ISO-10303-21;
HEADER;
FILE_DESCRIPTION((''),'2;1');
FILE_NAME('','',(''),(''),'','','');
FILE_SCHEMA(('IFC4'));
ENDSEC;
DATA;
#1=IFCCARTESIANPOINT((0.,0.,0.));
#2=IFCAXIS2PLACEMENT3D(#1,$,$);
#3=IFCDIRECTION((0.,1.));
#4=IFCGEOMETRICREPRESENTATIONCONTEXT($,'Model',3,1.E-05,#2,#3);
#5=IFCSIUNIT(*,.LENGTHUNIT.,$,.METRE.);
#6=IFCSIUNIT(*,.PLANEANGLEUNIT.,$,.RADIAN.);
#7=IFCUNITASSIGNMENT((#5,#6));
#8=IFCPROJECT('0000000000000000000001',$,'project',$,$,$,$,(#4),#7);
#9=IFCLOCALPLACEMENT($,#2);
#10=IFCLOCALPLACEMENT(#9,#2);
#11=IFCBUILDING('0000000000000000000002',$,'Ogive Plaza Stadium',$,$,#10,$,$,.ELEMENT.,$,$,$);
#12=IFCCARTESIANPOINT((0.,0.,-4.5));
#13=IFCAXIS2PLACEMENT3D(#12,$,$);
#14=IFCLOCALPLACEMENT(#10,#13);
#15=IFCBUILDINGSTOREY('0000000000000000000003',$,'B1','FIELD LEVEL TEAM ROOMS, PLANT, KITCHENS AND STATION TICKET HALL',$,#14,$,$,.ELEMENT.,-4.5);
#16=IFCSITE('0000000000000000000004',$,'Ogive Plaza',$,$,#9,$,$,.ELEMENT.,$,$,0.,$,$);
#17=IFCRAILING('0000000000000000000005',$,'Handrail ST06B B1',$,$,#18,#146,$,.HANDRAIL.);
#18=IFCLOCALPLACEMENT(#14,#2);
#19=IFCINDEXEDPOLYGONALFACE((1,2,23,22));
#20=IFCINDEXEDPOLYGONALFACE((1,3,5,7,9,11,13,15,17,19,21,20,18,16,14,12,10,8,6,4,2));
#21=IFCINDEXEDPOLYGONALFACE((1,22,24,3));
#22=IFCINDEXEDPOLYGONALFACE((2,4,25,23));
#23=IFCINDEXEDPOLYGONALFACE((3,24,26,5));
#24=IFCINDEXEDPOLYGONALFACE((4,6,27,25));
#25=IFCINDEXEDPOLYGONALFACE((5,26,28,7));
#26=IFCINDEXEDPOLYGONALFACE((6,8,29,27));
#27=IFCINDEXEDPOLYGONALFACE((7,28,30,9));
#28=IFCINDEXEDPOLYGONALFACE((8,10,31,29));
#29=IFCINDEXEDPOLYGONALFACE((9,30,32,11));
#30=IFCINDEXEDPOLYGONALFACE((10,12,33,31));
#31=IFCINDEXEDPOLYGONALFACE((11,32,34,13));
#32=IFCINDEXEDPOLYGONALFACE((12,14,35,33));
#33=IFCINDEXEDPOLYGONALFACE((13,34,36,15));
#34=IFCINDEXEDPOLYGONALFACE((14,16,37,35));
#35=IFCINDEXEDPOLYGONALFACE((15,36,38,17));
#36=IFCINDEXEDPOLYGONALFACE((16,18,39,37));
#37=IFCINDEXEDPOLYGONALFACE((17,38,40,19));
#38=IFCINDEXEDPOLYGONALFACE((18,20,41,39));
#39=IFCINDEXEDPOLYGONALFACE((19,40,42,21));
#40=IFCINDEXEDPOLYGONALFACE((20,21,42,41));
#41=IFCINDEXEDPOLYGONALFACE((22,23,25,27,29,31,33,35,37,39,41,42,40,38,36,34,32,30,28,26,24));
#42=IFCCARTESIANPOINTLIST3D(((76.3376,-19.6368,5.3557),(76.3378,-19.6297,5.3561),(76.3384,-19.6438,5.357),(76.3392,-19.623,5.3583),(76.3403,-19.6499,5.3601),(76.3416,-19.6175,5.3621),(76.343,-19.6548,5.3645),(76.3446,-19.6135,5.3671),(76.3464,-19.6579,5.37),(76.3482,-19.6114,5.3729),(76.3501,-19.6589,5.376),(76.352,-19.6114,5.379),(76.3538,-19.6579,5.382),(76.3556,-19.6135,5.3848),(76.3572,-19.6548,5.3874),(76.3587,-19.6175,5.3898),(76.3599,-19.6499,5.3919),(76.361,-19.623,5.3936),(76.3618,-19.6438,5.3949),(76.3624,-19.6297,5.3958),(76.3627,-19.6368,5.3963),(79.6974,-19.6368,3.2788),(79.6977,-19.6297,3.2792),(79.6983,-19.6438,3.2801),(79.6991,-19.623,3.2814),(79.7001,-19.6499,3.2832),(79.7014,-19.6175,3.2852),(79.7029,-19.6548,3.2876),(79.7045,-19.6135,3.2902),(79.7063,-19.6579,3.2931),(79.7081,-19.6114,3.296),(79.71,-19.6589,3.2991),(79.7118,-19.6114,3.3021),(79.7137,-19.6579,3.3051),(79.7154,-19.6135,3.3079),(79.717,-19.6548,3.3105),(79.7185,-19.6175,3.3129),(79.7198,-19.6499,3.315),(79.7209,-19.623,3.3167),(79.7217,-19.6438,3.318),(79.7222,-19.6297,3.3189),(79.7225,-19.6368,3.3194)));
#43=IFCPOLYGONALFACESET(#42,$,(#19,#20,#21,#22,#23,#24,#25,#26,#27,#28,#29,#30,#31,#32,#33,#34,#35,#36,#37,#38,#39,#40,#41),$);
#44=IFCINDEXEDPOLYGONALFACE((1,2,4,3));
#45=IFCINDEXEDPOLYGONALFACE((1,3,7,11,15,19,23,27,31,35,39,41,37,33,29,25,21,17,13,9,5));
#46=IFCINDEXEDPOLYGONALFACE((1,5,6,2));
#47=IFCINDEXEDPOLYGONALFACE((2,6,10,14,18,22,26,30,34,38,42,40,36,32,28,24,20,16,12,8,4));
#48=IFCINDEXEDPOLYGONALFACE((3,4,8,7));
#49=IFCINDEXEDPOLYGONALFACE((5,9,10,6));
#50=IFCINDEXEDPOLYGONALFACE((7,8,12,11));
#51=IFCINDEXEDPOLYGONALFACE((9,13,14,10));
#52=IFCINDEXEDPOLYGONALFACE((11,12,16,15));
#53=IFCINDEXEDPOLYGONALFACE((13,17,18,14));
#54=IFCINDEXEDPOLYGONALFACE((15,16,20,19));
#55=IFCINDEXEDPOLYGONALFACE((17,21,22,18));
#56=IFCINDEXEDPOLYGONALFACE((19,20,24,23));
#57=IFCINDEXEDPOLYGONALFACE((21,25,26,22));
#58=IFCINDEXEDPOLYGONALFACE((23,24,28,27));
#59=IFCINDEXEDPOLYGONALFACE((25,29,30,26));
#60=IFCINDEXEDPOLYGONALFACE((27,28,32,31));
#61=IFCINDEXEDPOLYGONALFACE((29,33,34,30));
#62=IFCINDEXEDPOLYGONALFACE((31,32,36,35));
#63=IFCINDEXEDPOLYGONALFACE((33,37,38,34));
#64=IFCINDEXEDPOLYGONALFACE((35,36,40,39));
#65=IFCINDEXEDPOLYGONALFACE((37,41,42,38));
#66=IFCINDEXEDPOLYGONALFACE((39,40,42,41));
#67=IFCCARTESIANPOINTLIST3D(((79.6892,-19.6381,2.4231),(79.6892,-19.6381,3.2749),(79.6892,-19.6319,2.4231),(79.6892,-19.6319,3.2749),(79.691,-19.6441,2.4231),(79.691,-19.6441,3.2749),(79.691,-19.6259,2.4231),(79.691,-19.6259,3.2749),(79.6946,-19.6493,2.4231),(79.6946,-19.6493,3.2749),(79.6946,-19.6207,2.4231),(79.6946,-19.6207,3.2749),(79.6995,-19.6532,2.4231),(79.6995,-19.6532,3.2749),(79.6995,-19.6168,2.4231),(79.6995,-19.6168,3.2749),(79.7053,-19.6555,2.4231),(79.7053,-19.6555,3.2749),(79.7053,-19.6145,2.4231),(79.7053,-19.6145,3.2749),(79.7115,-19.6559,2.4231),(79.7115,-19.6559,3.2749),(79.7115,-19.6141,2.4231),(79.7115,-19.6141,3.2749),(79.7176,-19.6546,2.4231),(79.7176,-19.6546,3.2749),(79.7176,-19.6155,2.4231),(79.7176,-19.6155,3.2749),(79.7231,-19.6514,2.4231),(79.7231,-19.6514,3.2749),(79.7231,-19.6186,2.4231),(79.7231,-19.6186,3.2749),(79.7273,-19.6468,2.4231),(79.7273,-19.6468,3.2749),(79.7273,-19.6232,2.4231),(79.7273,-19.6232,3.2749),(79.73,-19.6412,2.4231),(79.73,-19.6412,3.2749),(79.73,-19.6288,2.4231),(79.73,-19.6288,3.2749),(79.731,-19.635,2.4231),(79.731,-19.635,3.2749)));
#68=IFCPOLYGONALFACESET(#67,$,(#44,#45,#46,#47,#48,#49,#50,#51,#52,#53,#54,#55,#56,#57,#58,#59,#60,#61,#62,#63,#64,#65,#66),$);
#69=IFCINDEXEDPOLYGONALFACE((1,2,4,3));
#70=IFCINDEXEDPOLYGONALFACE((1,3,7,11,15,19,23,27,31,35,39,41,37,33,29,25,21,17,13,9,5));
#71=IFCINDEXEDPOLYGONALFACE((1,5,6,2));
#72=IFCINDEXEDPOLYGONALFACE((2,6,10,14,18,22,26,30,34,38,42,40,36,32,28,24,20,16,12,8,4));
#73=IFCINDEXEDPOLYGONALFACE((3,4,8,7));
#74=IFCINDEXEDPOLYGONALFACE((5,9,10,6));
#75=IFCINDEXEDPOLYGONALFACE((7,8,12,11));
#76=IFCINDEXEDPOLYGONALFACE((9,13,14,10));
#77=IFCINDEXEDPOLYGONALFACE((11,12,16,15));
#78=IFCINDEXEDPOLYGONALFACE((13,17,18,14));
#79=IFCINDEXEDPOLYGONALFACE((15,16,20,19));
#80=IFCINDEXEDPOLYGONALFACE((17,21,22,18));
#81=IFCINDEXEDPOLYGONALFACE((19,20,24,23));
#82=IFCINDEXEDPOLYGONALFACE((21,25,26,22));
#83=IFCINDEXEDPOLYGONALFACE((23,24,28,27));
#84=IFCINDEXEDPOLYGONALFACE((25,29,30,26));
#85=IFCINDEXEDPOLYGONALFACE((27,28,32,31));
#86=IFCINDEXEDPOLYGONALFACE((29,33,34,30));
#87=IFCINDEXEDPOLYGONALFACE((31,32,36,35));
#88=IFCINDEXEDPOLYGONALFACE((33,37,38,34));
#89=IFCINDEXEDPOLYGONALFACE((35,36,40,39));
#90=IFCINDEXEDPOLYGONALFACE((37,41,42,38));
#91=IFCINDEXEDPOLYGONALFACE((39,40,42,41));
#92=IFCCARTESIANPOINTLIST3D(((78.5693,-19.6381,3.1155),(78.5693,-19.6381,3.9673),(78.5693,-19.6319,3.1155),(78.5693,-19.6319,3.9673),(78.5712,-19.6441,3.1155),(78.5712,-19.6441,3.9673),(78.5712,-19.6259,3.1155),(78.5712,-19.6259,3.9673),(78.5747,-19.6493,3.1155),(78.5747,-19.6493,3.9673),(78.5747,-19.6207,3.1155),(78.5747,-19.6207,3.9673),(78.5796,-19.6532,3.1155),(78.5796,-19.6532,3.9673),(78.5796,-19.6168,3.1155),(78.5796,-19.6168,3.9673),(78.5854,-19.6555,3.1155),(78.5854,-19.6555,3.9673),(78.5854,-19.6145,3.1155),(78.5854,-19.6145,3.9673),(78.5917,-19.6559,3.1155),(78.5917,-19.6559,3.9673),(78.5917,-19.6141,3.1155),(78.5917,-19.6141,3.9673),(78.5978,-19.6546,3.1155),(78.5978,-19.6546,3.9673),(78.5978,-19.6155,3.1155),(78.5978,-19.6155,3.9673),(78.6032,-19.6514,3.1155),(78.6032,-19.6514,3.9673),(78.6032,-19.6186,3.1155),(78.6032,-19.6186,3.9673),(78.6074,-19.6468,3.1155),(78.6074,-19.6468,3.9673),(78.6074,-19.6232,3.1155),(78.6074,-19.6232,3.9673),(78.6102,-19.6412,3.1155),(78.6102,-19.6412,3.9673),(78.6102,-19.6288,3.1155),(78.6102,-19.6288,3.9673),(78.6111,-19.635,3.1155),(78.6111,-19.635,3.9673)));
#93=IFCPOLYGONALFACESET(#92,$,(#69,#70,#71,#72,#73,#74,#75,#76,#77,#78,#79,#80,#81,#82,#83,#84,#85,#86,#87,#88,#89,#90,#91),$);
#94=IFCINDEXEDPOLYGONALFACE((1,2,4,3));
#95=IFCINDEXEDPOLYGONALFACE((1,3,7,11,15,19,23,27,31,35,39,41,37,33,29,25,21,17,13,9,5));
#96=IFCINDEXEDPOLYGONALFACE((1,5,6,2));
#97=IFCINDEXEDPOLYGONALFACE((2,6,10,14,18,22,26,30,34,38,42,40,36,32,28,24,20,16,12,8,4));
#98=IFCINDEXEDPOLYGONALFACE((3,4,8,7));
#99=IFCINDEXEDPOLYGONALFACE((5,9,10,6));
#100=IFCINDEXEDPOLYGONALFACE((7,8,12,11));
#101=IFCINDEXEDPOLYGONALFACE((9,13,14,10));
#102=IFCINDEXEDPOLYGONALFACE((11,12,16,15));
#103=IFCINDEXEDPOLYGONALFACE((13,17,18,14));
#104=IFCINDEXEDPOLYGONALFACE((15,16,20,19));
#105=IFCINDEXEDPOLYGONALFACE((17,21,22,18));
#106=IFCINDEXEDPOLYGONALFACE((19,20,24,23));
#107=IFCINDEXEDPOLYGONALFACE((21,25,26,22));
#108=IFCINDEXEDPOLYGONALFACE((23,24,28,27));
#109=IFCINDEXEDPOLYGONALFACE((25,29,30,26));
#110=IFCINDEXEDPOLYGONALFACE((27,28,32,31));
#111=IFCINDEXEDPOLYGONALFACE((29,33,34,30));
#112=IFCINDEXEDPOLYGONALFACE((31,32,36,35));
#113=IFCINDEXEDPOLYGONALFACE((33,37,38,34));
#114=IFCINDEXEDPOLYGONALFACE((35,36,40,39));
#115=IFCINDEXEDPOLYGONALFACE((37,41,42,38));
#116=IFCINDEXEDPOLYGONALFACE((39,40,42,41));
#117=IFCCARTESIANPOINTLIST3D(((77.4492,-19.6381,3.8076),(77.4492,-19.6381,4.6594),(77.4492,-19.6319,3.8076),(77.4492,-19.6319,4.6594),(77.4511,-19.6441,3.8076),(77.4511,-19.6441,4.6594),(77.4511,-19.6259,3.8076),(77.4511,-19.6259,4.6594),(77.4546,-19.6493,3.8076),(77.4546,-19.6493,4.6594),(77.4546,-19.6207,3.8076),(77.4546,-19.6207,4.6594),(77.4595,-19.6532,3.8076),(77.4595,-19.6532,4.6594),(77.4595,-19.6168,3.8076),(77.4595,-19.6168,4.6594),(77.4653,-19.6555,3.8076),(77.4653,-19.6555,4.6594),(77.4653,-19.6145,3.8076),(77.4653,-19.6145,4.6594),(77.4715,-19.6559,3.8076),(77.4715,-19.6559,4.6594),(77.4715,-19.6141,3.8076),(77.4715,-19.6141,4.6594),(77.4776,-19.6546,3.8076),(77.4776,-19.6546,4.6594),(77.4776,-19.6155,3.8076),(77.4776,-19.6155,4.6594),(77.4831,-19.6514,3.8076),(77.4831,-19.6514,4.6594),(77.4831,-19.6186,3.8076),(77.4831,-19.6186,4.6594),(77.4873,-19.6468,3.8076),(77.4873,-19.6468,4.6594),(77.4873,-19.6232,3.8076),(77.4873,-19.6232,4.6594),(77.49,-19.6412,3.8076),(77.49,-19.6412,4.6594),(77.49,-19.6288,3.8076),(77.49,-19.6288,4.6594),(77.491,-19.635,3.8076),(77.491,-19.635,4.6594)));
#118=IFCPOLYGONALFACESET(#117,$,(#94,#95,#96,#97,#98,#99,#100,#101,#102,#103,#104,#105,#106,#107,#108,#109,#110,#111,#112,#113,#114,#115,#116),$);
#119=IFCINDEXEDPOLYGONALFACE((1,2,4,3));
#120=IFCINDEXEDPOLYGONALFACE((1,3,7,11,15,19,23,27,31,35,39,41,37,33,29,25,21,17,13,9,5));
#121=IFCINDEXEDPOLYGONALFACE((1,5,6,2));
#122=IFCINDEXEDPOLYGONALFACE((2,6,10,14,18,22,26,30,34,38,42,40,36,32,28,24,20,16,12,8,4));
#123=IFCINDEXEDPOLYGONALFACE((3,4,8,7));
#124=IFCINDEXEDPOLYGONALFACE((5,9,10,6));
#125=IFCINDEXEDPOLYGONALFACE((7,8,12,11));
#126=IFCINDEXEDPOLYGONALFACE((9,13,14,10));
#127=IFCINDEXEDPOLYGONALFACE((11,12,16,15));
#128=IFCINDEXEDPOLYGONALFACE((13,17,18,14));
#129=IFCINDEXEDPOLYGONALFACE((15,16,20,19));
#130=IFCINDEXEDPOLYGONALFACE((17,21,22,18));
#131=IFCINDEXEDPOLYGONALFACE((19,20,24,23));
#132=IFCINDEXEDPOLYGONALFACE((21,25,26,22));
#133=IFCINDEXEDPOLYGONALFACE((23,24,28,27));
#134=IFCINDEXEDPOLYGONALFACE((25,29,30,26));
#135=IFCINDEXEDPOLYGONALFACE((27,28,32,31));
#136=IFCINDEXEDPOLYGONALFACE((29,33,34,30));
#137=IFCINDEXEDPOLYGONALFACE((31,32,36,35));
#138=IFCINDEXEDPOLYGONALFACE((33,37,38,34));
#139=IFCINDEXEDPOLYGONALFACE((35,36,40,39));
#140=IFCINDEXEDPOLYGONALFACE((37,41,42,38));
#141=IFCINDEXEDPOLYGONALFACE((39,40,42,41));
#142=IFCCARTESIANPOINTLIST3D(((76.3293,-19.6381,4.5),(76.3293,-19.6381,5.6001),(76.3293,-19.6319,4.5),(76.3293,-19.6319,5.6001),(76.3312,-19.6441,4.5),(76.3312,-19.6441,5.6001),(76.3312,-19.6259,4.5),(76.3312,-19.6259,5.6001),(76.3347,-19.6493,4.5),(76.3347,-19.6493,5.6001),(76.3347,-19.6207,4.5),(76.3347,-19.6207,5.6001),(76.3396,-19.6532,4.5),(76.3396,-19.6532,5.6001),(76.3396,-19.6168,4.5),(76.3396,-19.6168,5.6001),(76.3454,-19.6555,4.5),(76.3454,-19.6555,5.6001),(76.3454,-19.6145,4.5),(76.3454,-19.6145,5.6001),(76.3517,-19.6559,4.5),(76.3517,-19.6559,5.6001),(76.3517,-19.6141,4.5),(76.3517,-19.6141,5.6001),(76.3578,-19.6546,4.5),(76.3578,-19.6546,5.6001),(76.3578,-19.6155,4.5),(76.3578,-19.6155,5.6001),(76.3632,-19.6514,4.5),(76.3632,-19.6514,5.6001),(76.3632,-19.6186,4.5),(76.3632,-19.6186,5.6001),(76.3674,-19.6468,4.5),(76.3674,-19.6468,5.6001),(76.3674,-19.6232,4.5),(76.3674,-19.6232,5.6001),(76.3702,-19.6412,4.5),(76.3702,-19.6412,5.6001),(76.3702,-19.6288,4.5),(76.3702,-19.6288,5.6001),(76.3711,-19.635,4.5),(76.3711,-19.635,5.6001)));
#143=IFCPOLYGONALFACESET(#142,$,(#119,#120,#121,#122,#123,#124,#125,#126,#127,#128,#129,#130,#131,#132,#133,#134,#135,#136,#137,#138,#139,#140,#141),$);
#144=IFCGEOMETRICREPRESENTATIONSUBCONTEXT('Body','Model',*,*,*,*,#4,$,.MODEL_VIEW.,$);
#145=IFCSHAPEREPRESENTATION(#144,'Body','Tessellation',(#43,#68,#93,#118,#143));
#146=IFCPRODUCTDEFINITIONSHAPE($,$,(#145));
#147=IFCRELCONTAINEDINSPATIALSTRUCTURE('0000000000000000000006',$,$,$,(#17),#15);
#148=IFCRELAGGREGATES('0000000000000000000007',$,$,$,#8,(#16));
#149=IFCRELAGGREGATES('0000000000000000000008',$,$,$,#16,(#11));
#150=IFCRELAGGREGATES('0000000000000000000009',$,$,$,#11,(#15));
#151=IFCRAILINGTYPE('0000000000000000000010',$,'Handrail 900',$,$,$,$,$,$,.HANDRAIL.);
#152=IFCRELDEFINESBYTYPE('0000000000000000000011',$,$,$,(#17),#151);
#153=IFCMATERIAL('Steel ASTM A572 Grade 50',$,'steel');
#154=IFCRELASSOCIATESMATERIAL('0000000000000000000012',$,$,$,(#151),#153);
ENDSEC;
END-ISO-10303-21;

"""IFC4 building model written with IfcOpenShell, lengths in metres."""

from ifc_helpers import new_model, si_unit, direction, frame, origin, origin_2d, place, context, subcontext, project, spatial, circle, extrude, material, type_object, element, save


model = new_model("IFC4")

# Units and contexts
model_context = context("Model", 3, precision=1e-05, world=origin(), true_north=direction((0.0, 1.0)))
body_context = subcontext(model_context, "Body", "Model", "MODEL_VIEW")
ifc_project = project(units=[si_unit("LENGTHUNIT", "METRE"), si_unit("PLANEANGLEUNIT", "RADIAN")], contexts=[model_context])

# Site, building, storey
site_placement = place(None, origin())
site = spatial("IfcSite", under=ifc_project, at=site_placement, Name="Ogive Plaza", CompositionType="ELEMENT", RefElevation=0.0)
building_placement = place(site_placement, origin())
building = spatial("IfcBuilding", under=site, at=building_placement, Name="Ogive Plaza Stadium", CompositionType="ELEMENT")
storey_placement = place(building_placement, frame((0.0, 0.0, -4.5)))
storey = spatial("IfcBuildingStorey", under=building, at=storey_placement, Name="B1", Description="FIELD LEVEL TEAM ROOMS, PLANT, KITCHENS AND STATION TICKET HALL", CompositionType="ELEMENT", Elevation=-4.5)

# Railing
ifc_material_1 = material(Name="Steel ASTM A572 Grade 50", Category="steel")
railing_type = type_object("IfcRailingType", Name="Handrail 900", PredefinedType="HANDRAIL", material=ifc_material_1)
for number, where, name in (
    (1, (79.71, -19.635, 2.4231), "Handrail ST06B B1"),
):
    element("IfcRailing", number, at=place(storey_placement, frame(where)), inside=storey, type_object=railing_type, Name=name, PredefinedType="HANDRAIL", context=body_context, shape_type="SweptSolid", body=[
        extrude(circle(Radius=0.0239, at=origin_2d()), frame((0.0, 0.0, 0.876), z_axis=(-0.850606, 0.0, 0.525803), x_axis=(0.0, -1.0, 0.0)), (0.0, 0.0, 1.0), 3.95),
        extrude(circle(Radius=0.021, at=origin_2d()), origin(), (0.0, 0.0, 1.0), 0.8518),
        extrude(circle(Radius=0.021, at=origin_2d()), frame((-1.1199, 0.0, 0.6924)), (0.0, 0.0, 1.0), 0.8518),
        extrude(circle(Radius=0.021, at=origin_2d()), frame((-2.24, 0.0, 1.3845)), (0.0, 0.0, 1.0), 0.8518),
        extrude(circle(Radius=0.021, at=origin_2d()), frame((-3.3599, 0.0, 2.0769)), (0.0, 0.0, 1.0), 1.1001),
    ])

save(model, "model.ifc")
